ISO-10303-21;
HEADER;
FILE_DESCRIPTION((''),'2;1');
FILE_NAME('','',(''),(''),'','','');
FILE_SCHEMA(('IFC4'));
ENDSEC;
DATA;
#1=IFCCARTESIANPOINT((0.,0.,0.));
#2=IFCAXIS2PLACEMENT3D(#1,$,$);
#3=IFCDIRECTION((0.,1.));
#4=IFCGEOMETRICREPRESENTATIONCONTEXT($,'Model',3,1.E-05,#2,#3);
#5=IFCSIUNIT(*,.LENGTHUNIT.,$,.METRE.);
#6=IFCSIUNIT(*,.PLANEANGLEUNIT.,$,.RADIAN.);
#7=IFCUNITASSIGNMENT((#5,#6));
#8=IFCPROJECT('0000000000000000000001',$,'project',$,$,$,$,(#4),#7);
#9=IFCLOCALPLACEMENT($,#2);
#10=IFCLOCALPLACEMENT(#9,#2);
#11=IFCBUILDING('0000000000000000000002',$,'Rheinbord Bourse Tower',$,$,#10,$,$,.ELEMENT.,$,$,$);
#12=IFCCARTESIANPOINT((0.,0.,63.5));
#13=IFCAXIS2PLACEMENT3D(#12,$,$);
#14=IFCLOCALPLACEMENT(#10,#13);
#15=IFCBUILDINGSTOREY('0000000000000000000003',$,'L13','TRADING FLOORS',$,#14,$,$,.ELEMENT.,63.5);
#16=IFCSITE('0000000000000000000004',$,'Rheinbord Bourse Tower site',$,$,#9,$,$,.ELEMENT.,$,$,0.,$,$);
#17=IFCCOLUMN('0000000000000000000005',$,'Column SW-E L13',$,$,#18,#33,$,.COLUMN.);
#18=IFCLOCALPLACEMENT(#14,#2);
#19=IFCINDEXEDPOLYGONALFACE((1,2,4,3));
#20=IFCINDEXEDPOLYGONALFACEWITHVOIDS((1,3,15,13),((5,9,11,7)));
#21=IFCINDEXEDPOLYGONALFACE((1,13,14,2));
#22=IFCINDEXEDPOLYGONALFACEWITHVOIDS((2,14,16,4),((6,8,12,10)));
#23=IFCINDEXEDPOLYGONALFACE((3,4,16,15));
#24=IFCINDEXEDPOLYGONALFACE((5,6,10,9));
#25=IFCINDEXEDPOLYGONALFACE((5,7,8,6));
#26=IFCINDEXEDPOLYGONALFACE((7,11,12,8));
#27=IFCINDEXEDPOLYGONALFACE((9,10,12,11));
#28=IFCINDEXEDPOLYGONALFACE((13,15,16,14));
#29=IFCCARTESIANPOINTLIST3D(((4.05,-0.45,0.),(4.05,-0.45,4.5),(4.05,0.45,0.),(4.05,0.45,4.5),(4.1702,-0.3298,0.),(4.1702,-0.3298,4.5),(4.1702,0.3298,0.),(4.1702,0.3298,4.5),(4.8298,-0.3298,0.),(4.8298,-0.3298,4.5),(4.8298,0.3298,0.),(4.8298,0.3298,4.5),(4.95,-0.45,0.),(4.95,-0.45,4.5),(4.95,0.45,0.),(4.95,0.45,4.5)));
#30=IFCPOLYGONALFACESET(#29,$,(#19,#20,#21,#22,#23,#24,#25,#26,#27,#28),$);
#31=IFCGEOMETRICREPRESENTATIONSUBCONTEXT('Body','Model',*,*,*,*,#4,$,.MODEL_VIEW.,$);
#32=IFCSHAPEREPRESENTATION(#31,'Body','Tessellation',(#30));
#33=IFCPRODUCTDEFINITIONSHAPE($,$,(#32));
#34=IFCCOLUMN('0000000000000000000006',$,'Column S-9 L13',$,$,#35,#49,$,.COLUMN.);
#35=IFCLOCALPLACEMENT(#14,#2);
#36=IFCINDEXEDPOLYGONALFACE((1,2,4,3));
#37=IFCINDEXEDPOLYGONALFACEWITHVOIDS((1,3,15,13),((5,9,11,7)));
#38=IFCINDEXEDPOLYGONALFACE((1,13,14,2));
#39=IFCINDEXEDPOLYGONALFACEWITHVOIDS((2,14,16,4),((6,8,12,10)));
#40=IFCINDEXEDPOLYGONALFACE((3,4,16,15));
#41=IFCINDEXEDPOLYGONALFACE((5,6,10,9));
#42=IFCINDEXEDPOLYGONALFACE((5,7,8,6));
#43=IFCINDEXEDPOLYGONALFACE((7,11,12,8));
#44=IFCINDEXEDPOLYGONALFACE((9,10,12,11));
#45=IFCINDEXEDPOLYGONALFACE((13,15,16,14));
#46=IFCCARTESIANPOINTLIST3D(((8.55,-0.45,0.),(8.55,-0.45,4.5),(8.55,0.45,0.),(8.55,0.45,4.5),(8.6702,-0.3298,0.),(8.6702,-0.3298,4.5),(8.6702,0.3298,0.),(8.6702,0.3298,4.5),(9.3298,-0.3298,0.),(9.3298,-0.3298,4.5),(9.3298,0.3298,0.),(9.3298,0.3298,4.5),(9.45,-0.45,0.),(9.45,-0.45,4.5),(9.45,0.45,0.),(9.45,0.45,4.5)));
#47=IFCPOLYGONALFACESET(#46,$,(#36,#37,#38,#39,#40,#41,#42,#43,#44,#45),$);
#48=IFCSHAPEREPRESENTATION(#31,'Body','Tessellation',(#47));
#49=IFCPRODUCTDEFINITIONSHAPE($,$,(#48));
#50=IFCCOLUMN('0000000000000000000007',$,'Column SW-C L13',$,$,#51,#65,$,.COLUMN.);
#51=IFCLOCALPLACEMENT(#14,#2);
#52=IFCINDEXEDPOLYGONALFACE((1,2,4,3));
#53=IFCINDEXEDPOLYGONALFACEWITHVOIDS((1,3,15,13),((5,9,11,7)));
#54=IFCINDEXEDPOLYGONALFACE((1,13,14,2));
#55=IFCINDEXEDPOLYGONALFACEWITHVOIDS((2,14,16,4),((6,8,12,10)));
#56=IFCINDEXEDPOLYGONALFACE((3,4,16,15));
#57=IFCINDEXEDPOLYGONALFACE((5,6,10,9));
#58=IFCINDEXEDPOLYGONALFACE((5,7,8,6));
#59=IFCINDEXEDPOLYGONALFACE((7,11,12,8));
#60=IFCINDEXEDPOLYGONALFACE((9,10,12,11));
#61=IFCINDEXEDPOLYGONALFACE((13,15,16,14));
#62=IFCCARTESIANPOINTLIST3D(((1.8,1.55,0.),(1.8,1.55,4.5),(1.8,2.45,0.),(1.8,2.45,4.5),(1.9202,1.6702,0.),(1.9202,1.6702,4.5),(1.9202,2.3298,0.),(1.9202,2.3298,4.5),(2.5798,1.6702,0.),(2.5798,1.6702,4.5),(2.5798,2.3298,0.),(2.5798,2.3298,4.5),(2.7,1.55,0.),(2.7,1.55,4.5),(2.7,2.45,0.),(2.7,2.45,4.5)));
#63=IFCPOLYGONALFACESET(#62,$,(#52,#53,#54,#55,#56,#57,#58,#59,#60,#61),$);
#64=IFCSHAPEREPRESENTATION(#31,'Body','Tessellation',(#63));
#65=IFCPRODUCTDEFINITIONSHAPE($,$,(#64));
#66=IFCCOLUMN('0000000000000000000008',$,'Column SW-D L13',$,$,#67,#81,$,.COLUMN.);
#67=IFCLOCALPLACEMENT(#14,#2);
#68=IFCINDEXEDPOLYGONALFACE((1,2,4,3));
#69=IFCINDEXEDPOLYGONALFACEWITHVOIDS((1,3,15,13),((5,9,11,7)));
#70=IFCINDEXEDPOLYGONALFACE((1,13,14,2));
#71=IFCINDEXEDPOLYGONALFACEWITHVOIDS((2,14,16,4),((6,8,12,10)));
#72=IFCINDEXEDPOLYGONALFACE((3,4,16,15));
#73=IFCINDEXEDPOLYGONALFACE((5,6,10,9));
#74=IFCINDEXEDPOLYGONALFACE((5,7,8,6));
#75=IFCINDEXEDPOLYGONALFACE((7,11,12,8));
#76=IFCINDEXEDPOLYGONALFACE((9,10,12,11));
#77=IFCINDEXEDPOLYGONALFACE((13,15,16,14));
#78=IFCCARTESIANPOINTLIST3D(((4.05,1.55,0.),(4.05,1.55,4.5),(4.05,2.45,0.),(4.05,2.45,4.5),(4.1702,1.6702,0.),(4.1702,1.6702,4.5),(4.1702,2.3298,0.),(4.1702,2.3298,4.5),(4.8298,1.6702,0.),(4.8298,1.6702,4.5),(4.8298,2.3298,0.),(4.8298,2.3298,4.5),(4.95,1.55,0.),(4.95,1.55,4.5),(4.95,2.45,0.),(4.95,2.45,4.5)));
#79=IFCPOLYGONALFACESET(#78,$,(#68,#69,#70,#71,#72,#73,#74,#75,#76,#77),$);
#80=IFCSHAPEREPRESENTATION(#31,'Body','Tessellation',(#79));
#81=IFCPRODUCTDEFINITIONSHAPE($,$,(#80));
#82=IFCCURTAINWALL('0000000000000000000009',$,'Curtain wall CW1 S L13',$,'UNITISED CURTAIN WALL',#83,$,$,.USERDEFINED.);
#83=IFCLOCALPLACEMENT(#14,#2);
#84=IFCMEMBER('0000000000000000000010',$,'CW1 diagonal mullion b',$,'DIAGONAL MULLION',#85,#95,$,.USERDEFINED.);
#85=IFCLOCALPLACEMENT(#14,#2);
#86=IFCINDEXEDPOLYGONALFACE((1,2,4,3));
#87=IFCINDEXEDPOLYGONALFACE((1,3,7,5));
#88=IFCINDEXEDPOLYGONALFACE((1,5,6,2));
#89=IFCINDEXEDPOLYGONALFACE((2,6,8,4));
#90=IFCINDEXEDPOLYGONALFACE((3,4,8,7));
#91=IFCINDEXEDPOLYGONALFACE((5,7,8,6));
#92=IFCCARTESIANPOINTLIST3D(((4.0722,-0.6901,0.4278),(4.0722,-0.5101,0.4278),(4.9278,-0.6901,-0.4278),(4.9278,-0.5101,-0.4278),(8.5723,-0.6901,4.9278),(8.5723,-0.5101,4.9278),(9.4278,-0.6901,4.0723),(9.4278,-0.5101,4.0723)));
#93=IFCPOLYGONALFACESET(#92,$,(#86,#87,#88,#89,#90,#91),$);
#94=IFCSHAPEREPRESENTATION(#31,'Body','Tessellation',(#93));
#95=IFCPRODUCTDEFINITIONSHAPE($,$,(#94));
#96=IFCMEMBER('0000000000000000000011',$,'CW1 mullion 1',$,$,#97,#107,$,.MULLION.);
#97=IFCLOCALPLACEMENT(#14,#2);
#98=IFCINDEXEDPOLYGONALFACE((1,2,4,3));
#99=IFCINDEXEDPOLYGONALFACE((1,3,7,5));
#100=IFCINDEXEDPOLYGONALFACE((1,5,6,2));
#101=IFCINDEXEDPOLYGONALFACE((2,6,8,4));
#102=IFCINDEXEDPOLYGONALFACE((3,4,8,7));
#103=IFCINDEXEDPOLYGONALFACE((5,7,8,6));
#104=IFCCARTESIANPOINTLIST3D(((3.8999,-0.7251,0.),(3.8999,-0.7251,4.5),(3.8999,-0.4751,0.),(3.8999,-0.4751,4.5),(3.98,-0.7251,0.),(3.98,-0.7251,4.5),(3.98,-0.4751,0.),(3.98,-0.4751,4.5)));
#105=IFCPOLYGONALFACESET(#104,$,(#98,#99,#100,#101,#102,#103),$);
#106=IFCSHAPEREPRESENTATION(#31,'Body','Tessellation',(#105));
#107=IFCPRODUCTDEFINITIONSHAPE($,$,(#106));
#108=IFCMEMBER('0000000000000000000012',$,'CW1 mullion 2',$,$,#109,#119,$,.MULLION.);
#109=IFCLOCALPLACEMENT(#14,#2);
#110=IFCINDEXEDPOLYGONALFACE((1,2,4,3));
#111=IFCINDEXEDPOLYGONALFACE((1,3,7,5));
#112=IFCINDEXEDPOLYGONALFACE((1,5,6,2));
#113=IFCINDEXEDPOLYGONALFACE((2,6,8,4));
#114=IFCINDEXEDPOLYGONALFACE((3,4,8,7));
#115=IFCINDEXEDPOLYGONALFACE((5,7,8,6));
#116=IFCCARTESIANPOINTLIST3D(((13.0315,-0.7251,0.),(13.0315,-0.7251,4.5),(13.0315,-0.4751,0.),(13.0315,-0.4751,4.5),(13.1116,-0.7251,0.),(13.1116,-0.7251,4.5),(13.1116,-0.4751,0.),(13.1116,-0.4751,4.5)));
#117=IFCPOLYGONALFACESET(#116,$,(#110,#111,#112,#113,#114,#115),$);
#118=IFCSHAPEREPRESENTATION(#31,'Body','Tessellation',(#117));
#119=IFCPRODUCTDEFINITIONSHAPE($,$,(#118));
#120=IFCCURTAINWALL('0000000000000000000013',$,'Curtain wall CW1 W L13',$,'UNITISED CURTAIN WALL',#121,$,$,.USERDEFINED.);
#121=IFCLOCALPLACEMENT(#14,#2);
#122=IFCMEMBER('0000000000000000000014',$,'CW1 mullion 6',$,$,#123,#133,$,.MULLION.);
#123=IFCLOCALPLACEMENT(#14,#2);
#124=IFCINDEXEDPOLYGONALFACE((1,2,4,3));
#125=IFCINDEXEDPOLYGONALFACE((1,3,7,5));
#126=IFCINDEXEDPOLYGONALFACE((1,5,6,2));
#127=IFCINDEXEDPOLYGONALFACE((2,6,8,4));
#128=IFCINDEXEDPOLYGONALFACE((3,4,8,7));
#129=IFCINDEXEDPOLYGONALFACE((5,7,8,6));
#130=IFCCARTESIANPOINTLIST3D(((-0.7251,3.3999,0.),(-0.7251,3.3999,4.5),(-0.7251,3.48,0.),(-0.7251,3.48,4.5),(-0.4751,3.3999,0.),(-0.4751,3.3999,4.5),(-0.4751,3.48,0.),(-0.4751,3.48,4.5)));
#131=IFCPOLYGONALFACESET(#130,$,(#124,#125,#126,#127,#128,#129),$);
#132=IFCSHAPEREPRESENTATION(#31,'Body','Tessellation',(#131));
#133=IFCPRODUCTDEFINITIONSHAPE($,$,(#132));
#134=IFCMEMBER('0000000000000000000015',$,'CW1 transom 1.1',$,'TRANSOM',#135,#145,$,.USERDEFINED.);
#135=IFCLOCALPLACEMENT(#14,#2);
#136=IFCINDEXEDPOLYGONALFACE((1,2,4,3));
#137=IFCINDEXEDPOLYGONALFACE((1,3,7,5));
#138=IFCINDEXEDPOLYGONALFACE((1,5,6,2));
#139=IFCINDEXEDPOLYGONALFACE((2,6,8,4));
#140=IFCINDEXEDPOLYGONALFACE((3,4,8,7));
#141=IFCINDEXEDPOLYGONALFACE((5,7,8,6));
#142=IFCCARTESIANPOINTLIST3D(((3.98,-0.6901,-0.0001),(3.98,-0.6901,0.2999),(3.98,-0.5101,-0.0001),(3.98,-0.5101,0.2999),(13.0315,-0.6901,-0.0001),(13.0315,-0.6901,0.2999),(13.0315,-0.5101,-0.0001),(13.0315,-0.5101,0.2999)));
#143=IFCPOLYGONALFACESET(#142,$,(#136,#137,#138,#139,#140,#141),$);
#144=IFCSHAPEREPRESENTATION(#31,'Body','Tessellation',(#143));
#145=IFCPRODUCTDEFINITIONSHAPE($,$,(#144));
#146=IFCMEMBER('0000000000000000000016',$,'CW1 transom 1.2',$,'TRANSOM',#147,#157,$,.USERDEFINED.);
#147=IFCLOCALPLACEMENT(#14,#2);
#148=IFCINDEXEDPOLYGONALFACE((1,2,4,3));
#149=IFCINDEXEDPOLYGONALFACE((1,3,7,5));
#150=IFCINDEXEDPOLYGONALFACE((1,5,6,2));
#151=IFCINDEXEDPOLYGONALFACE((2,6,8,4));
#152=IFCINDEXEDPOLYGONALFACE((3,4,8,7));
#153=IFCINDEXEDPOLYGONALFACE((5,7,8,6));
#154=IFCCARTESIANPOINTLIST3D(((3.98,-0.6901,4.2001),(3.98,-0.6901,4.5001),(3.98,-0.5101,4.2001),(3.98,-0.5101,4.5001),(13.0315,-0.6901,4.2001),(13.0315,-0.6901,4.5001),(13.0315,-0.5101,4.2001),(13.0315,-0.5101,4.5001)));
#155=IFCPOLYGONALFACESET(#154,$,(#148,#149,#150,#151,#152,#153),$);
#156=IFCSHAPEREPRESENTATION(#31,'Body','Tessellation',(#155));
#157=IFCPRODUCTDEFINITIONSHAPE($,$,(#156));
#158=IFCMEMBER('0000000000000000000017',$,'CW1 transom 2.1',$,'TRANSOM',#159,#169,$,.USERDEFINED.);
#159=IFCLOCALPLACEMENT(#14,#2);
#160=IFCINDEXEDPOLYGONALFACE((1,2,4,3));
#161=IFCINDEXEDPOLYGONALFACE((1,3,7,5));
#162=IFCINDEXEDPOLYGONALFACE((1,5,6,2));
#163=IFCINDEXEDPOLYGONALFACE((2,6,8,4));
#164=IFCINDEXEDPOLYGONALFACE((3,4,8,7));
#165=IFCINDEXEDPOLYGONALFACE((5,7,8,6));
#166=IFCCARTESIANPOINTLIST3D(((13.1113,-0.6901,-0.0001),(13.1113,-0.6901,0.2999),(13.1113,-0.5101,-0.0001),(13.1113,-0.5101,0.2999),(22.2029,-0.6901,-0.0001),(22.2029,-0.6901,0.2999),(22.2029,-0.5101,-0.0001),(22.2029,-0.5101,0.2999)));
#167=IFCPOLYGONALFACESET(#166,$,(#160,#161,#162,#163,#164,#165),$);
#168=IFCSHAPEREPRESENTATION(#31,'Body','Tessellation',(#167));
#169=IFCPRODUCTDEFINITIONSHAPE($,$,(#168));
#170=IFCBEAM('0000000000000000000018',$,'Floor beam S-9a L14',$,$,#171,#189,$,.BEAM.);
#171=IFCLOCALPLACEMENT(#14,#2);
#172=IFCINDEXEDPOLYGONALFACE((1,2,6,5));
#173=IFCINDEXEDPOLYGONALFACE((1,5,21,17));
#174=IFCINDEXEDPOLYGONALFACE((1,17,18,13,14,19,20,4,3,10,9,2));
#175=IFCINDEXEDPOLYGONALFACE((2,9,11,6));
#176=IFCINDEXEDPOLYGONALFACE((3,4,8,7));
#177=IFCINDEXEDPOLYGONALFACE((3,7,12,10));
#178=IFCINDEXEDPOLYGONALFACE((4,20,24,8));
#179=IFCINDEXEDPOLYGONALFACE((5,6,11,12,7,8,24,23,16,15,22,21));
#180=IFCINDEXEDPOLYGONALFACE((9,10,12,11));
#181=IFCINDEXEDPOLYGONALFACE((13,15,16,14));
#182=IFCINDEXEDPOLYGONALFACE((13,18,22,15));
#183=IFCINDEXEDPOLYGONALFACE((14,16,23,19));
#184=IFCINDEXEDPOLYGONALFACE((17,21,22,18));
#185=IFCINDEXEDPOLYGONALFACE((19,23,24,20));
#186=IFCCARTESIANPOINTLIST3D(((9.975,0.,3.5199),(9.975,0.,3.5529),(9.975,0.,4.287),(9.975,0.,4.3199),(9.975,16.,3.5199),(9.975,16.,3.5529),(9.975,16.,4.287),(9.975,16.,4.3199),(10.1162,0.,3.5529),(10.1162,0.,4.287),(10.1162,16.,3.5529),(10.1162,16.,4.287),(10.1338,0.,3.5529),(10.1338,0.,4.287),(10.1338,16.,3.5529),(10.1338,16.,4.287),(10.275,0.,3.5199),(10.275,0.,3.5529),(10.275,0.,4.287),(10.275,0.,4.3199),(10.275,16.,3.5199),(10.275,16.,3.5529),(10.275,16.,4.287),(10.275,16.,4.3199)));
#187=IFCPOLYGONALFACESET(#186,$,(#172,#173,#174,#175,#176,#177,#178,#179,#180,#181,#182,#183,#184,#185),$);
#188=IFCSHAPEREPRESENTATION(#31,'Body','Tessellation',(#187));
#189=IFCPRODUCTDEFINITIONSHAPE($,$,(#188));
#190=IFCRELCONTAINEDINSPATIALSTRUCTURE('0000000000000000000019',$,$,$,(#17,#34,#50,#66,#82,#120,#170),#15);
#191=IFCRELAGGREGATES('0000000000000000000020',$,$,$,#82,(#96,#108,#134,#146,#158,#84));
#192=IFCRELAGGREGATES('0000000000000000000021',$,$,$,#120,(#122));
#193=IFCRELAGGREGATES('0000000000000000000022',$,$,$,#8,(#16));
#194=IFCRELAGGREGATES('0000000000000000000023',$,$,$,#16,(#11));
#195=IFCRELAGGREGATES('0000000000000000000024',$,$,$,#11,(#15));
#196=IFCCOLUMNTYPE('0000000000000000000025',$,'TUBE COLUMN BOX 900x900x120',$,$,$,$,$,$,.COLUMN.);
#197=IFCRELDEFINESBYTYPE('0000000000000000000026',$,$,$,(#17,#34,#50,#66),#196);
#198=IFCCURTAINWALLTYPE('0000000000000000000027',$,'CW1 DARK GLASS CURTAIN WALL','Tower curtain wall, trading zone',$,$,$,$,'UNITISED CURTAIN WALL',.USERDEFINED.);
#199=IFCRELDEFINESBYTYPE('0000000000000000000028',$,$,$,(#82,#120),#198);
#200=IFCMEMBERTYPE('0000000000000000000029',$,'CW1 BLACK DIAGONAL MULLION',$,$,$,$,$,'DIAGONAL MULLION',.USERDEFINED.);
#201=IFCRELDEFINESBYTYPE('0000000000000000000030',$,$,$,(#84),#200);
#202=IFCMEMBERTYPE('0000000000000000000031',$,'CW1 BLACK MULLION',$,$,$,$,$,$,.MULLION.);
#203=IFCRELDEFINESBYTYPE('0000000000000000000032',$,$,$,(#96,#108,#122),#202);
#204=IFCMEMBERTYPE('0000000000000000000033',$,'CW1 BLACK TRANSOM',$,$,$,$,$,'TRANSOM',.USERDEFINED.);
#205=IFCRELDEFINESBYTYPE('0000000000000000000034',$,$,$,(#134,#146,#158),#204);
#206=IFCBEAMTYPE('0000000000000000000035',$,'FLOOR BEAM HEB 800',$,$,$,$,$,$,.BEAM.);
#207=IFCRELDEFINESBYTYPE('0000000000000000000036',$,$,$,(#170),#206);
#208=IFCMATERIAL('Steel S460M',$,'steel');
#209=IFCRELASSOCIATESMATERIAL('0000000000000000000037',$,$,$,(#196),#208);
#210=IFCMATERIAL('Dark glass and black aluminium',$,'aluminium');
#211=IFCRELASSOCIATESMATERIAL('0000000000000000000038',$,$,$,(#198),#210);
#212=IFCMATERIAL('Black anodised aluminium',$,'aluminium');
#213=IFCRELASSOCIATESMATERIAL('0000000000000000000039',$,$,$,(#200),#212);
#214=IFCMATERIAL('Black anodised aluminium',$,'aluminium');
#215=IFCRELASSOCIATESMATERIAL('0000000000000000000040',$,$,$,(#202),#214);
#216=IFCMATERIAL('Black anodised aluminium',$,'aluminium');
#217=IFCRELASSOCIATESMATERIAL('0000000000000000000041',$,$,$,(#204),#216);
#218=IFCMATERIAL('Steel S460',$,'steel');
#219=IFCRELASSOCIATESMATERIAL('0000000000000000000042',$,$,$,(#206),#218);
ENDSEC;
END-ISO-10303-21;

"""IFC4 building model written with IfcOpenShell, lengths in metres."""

from ifc_helpers import new_model, si_unit, direction, frame, origin, origin_2d, place, context, subcontext, project, spatial, rectangle, hollow_rectangle, i_section, extrude, material, material_profile, profile_set, type_object, element, aggregate, save


model = new_model("IFC4")

# Units and contexts
model_context = context("Model", 3, precision=1e-05, world=origin(), true_north=direction((0.0, 1.0)))
body_context = subcontext(model_context, "Body", "Model", "MODEL_VIEW")
ifc_project = project(units=[si_unit("LENGTHUNIT", "METRE"), si_unit("PLANEANGLEUNIT", "RADIAN")], contexts=[model_context])

# Site, building, storey
site_placement = place(None, origin())
site = spatial("IfcSite", under=ifc_project, at=site_placement, Name="Rheinbord Bourse Tower site", CompositionType="ELEMENT", RefElevation=0.0)
building_placement = place(site_placement, origin())
building = spatial("IfcBuilding", under=site, at=building_placement, Name="Rheinbord Bourse Tower", CompositionType="ELEMENT")
storey_placement = place(building_placement, frame((0.0, 0.0, 63.5)))
storey = spatial("IfcBuildingStorey", under=building, at=storey_placement, Name="L13", Description="TRADING FLOORS", CompositionType="ELEMENT", Elevation=63.5)

# Columns
ifc_material_1 = material(Name="Steel S460M", Category="steel")
ifc_material_profile_1 = material_profile(ifc_material_1, hollow_rectangle(XDim=0.8999, YDim=0.8999, WallThickness=0.1201, at=origin_2d()), Name="BOX 900x900x120")
ifc_profile_set_1 = profile_set([ifc_material_profile_1], Name="Steel S460M")
column_type = type_object("IfcColumnType", Name="TUBE COLUMN BOX 900x900x120", PredefinedType="COLUMN", material=ifc_profile_set_1)
for number, where, z_axis, x_axis, name in (
    (1, (4.5, 0.0, 0.0), (0.0, 0.0, 1.0), (0.0, 1.0, 0.0), "Column SW-E L13"),
    (2, (9.0, 0.0, 0.0), (0.0, 0.0, 1.0), (0.0, 1.0, 0.0), "Column S-9 L13"),
    (3, (2.25, 2.0, 0.0), (0.0, 0.0, 1.0), (1.0, 0.0, 0.0), "Column SW-C L13"),
    (4, (4.5, 2.0, 0.0), (0.0, 0.0, 1.0), (0.0, 1.0, 0.0), "Column SW-D L13"),
):
    element("IfcColumn", number, at=place(storey_placement, frame(where, z_axis=z_axis, x_axis=x_axis)), inside=storey, type_object=column_type, Name=name, PredefinedType="COLUMN", context=body_context, shape_type="SweptSolid", body=[
        extrude(hollow_rectangle(XDim=0.8999, YDim=0.8999, WallThickness=0.1201, at=origin_2d()), origin(), (0.0, 0.0, 1.0), 4.5),
    ])

# Curtain wall, members
ifc_material_2 = material(Name="Dark glass and black aluminium", Category="aluminium")
curtain_wall_type = type_object("IfcCurtainWallType", Name="CW1 DARK GLASS CURTAIN WALL", Description="Tower curtain wall, trading zone", ElementType="UNITISED CURTAIN WALL", PredefinedType="USERDEFINED", material=ifc_material_2)
curtain_wall_1_placement = place(storey_placement, origin())
curtain_wall_1 = element("IfcCurtainWall", 5, at=curtain_wall_1_placement, inside=storey, type_object=curtain_wall_type, Name="Curtain wall CW1 S L13", ObjectType="UNITISED CURTAIN WALL", PredefinedType="USERDEFINED")
ifc_material_3 = material(Name="Black anodised aluminium", Category="aluminium")
ifc_material_profile_2 = material_profile(ifc_material_3, rectangle(XDim=0.1799, YDim=1.21, at=origin_2d()), Name="CW1 DIAGONAL MULLION 1210x180")
ifc_profile_set_2 = profile_set([ifc_material_profile_2], Name="Black anodised aluminium")
member_type_1 = type_object("IfcMemberType", Name="CW1 BLACK DIAGONAL MULLION", ElementType="DIAGONAL MULLION", PredefinedType="USERDEFINED", material=ifc_profile_set_2)
member_1_placement = place(storey_placement, frame((4.5, -0.6001, 0.0), z_axis=(0.707107, 0.0, 0.707107), x_axis=(0.0, 1.0, 0.0)))
member_1 = element("IfcMember", 6, at=member_1_placement, type_object=member_type_1, Name="CW1 diagonal mullion b", ObjectType="DIAGONAL MULLION", PredefinedType="USERDEFINED", context=body_context, shape_type="SweptSolid", body=[
    extrude(rectangle(XDim=0.1799, YDim=1.21, at=origin_2d()), origin(), (0.0, 0.0, 1.0), 6.364),
])
ifc_material_4 = material(Name="Black anodised aluminium", Category="aluminium")
ifc_material_profile_3 = material_profile(ifc_material_4, rectangle(XDim=0.25, YDim=0.0801, at=origin_2d()), Name="CW1 MULLION 80x250")
ifc_profile_set_3 = profile_set([ifc_material_profile_3], Name="Black anodised aluminium")
member_type_2 = type_object("IfcMemberType", Name="CW1 BLACK MULLION", PredefinedType="MULLION", material=ifc_profile_set_3)
member_2_placement = place(storey_placement, frame((3.9399, -0.6001, 0.0), z_axis=(0.0, 0.0, 1.0), x_axis=(0.0, 1.0, 0.0)))
member_2 = element("IfcMember", 7, at=member_2_placement, type_object=member_type_2, Name="CW1 mullion 1", PredefinedType="MULLION", context=body_context, shape_type="SweptSolid", body=[
    extrude(rectangle(XDim=0.25, YDim=0.0801, at=origin_2d()), origin(), (0.0, 0.0, 1.0), 4.5),
])
member_3_placement = place(storey_placement, frame((13.0715, -0.6001, 0.0), z_axis=(0.0, 0.0, 1.0), x_axis=(0.0, 1.0, 0.0)))
member_3 = element("IfcMember", 8, at=member_3_placement, type_object=member_type_2, Name="CW1 mullion 2", PredefinedType="MULLION", context=body_context, shape_type="SweptSolid", body=[
    extrude(rectangle(XDim=0.25, YDim=0.0801, at=origin_2d()), origin(), (0.0, 0.0, 1.0), 4.5),
])

# Curtain wall, member
curtain_wall_2_placement = place(storey_placement, origin())
curtain_wall_2 = element("IfcCurtainWall", 9, at=curtain_wall_2_placement, inside=storey, type_object=curtain_wall_type, Name="Curtain wall CW1 W L13", ObjectType="UNITISED CURTAIN WALL", PredefinedType="USERDEFINED")
member_4_placement = place(storey_placement, frame((-0.6001, 3.4399, 0.0), z_axis=(0.0, 0.0, 1.0), x_axis=(1.0, 0.0, 0.0)))
member_4 = element("IfcMember", 10, at=member_4_placement, type_object=member_type_2, Name="CW1 mullion 6", PredefinedType="MULLION", context=body_context, shape_type="SweptSolid", body=[
    extrude(rectangle(XDim=0.25, YDim=0.0801, at=origin_2d()), origin(), (0.0, 0.0, 1.0), 4.5),
])

# Members
ifc_material_5 = material(Name="Black anodised aluminium", Category="aluminium")
ifc_material_profile_4 = material_profile(ifc_material_5, rectangle(XDim=0.1799, YDim=0.3, at=origin_2d()), Name="CW1 TRANSOM 300x180")
ifc_profile_set_4 = profile_set([ifc_material_profile_4], Name="Black anodised aluminium")
member_type_3 = type_object("IfcMemberType", Name="CW1 BLACK TRANSOM", ElementType="TRANSOM", PredefinedType="USERDEFINED", material=ifc_profile_set_4)
member_5_placement = place(storey_placement, frame((3.98, -0.6001, 0.1499), z_axis=(1.0, 0.0, 0.0), x_axis=(0.0, 1.0, 0.0)))
member_5 = element("IfcMember", 11, at=member_5_placement, type_object=member_type_3, Name="CW1 transom 1.1", ObjectType="TRANSOM", PredefinedType="USERDEFINED", context=body_context, shape_type="SweptSolid", body=[
    extrude(rectangle(XDim=0.1799, YDim=0.3, at=origin_2d()), origin(), (0.0, 0.0, 1.0), 9.0515),
])
member_6_placement = place(storey_placement, frame((3.98, -0.6001, 4.3501), z_axis=(1.0, 0.0, 0.0), x_axis=(0.0, 1.0, 0.0)))
member_6 = element("IfcMember", 12, at=member_6_placement, type_object=member_type_3, Name="CW1 transom 1.2", ObjectType="TRANSOM", PredefinedType="USERDEFINED", context=body_context, shape_type="SweptSolid", body=[
    extrude(rectangle(XDim=0.1799, YDim=0.3, at=origin_2d()), origin(), (0.0, 0.0, 1.0), 9.0515),
])
member_7_placement = place(storey_placement, frame((13.1113, -0.6001, 0.1499), z_axis=(1.0, 0.0, 0.0), x_axis=(0.0, 1.0, 0.0)))
member_7 = element("IfcMember", 13, at=member_7_placement, type_object=member_type_3, Name="CW1 transom 2.1", ObjectType="TRANSOM", PredefinedType="USERDEFINED", context=body_context, shape_type="SweptSolid", body=[
    extrude(rectangle(XDim=0.1799, YDim=0.3, at=origin_2d()), origin(), (0.0, 0.0, 1.0), 9.0916),
])

# Beam
ifc_material_6 = material(Name="Steel S460", Category="steel")
ifc_material_profile_5 = material_profile(ifc_material_6, i_section(OverallWidth=0.3, OverallDepth=0.8, WebThickness=0.0176, FlangeThickness=0.033, at=origin_2d()), Name="HEB 800")
ifc_profile_set_5 = profile_set([ifc_material_profile_5], Name="Steel S460")
beam_type_1 = type_object("IfcBeamType", Name="FLOOR BEAM HEB 800", PredefinedType="BEAM", material=ifc_profile_set_5)
for number, where, z_axis, x_axis, name in (
    (14, (10.125, 0.0, 3.9199), (0.0, 1.0, 0.0), (-1.0, 0.0, 0.0), "Floor beam S-9a L14"),
):
    element("IfcBeam", number, at=place(storey_placement, frame(where, z_axis=z_axis, x_axis=x_axis)), inside=storey, type_object=beam_type_1, Name=name, PredefinedType="BEAM", context=body_context, shape_type="SweptSolid", body=[
        extrude(i_section(OverallWidth=0.3, OverallDepth=0.8, WebThickness=0.0176, FlangeThickness=0.033, at=origin_2d()), origin(), (0.0, 0.0, 1.0), 16.0),
    ])

aggregate(curtain_wall_1, [member_2, member_3, member_5, member_6, member_7, member_1])
aggregate(curtain_wall_2, [member_4])

save(model, "model.ifc")
